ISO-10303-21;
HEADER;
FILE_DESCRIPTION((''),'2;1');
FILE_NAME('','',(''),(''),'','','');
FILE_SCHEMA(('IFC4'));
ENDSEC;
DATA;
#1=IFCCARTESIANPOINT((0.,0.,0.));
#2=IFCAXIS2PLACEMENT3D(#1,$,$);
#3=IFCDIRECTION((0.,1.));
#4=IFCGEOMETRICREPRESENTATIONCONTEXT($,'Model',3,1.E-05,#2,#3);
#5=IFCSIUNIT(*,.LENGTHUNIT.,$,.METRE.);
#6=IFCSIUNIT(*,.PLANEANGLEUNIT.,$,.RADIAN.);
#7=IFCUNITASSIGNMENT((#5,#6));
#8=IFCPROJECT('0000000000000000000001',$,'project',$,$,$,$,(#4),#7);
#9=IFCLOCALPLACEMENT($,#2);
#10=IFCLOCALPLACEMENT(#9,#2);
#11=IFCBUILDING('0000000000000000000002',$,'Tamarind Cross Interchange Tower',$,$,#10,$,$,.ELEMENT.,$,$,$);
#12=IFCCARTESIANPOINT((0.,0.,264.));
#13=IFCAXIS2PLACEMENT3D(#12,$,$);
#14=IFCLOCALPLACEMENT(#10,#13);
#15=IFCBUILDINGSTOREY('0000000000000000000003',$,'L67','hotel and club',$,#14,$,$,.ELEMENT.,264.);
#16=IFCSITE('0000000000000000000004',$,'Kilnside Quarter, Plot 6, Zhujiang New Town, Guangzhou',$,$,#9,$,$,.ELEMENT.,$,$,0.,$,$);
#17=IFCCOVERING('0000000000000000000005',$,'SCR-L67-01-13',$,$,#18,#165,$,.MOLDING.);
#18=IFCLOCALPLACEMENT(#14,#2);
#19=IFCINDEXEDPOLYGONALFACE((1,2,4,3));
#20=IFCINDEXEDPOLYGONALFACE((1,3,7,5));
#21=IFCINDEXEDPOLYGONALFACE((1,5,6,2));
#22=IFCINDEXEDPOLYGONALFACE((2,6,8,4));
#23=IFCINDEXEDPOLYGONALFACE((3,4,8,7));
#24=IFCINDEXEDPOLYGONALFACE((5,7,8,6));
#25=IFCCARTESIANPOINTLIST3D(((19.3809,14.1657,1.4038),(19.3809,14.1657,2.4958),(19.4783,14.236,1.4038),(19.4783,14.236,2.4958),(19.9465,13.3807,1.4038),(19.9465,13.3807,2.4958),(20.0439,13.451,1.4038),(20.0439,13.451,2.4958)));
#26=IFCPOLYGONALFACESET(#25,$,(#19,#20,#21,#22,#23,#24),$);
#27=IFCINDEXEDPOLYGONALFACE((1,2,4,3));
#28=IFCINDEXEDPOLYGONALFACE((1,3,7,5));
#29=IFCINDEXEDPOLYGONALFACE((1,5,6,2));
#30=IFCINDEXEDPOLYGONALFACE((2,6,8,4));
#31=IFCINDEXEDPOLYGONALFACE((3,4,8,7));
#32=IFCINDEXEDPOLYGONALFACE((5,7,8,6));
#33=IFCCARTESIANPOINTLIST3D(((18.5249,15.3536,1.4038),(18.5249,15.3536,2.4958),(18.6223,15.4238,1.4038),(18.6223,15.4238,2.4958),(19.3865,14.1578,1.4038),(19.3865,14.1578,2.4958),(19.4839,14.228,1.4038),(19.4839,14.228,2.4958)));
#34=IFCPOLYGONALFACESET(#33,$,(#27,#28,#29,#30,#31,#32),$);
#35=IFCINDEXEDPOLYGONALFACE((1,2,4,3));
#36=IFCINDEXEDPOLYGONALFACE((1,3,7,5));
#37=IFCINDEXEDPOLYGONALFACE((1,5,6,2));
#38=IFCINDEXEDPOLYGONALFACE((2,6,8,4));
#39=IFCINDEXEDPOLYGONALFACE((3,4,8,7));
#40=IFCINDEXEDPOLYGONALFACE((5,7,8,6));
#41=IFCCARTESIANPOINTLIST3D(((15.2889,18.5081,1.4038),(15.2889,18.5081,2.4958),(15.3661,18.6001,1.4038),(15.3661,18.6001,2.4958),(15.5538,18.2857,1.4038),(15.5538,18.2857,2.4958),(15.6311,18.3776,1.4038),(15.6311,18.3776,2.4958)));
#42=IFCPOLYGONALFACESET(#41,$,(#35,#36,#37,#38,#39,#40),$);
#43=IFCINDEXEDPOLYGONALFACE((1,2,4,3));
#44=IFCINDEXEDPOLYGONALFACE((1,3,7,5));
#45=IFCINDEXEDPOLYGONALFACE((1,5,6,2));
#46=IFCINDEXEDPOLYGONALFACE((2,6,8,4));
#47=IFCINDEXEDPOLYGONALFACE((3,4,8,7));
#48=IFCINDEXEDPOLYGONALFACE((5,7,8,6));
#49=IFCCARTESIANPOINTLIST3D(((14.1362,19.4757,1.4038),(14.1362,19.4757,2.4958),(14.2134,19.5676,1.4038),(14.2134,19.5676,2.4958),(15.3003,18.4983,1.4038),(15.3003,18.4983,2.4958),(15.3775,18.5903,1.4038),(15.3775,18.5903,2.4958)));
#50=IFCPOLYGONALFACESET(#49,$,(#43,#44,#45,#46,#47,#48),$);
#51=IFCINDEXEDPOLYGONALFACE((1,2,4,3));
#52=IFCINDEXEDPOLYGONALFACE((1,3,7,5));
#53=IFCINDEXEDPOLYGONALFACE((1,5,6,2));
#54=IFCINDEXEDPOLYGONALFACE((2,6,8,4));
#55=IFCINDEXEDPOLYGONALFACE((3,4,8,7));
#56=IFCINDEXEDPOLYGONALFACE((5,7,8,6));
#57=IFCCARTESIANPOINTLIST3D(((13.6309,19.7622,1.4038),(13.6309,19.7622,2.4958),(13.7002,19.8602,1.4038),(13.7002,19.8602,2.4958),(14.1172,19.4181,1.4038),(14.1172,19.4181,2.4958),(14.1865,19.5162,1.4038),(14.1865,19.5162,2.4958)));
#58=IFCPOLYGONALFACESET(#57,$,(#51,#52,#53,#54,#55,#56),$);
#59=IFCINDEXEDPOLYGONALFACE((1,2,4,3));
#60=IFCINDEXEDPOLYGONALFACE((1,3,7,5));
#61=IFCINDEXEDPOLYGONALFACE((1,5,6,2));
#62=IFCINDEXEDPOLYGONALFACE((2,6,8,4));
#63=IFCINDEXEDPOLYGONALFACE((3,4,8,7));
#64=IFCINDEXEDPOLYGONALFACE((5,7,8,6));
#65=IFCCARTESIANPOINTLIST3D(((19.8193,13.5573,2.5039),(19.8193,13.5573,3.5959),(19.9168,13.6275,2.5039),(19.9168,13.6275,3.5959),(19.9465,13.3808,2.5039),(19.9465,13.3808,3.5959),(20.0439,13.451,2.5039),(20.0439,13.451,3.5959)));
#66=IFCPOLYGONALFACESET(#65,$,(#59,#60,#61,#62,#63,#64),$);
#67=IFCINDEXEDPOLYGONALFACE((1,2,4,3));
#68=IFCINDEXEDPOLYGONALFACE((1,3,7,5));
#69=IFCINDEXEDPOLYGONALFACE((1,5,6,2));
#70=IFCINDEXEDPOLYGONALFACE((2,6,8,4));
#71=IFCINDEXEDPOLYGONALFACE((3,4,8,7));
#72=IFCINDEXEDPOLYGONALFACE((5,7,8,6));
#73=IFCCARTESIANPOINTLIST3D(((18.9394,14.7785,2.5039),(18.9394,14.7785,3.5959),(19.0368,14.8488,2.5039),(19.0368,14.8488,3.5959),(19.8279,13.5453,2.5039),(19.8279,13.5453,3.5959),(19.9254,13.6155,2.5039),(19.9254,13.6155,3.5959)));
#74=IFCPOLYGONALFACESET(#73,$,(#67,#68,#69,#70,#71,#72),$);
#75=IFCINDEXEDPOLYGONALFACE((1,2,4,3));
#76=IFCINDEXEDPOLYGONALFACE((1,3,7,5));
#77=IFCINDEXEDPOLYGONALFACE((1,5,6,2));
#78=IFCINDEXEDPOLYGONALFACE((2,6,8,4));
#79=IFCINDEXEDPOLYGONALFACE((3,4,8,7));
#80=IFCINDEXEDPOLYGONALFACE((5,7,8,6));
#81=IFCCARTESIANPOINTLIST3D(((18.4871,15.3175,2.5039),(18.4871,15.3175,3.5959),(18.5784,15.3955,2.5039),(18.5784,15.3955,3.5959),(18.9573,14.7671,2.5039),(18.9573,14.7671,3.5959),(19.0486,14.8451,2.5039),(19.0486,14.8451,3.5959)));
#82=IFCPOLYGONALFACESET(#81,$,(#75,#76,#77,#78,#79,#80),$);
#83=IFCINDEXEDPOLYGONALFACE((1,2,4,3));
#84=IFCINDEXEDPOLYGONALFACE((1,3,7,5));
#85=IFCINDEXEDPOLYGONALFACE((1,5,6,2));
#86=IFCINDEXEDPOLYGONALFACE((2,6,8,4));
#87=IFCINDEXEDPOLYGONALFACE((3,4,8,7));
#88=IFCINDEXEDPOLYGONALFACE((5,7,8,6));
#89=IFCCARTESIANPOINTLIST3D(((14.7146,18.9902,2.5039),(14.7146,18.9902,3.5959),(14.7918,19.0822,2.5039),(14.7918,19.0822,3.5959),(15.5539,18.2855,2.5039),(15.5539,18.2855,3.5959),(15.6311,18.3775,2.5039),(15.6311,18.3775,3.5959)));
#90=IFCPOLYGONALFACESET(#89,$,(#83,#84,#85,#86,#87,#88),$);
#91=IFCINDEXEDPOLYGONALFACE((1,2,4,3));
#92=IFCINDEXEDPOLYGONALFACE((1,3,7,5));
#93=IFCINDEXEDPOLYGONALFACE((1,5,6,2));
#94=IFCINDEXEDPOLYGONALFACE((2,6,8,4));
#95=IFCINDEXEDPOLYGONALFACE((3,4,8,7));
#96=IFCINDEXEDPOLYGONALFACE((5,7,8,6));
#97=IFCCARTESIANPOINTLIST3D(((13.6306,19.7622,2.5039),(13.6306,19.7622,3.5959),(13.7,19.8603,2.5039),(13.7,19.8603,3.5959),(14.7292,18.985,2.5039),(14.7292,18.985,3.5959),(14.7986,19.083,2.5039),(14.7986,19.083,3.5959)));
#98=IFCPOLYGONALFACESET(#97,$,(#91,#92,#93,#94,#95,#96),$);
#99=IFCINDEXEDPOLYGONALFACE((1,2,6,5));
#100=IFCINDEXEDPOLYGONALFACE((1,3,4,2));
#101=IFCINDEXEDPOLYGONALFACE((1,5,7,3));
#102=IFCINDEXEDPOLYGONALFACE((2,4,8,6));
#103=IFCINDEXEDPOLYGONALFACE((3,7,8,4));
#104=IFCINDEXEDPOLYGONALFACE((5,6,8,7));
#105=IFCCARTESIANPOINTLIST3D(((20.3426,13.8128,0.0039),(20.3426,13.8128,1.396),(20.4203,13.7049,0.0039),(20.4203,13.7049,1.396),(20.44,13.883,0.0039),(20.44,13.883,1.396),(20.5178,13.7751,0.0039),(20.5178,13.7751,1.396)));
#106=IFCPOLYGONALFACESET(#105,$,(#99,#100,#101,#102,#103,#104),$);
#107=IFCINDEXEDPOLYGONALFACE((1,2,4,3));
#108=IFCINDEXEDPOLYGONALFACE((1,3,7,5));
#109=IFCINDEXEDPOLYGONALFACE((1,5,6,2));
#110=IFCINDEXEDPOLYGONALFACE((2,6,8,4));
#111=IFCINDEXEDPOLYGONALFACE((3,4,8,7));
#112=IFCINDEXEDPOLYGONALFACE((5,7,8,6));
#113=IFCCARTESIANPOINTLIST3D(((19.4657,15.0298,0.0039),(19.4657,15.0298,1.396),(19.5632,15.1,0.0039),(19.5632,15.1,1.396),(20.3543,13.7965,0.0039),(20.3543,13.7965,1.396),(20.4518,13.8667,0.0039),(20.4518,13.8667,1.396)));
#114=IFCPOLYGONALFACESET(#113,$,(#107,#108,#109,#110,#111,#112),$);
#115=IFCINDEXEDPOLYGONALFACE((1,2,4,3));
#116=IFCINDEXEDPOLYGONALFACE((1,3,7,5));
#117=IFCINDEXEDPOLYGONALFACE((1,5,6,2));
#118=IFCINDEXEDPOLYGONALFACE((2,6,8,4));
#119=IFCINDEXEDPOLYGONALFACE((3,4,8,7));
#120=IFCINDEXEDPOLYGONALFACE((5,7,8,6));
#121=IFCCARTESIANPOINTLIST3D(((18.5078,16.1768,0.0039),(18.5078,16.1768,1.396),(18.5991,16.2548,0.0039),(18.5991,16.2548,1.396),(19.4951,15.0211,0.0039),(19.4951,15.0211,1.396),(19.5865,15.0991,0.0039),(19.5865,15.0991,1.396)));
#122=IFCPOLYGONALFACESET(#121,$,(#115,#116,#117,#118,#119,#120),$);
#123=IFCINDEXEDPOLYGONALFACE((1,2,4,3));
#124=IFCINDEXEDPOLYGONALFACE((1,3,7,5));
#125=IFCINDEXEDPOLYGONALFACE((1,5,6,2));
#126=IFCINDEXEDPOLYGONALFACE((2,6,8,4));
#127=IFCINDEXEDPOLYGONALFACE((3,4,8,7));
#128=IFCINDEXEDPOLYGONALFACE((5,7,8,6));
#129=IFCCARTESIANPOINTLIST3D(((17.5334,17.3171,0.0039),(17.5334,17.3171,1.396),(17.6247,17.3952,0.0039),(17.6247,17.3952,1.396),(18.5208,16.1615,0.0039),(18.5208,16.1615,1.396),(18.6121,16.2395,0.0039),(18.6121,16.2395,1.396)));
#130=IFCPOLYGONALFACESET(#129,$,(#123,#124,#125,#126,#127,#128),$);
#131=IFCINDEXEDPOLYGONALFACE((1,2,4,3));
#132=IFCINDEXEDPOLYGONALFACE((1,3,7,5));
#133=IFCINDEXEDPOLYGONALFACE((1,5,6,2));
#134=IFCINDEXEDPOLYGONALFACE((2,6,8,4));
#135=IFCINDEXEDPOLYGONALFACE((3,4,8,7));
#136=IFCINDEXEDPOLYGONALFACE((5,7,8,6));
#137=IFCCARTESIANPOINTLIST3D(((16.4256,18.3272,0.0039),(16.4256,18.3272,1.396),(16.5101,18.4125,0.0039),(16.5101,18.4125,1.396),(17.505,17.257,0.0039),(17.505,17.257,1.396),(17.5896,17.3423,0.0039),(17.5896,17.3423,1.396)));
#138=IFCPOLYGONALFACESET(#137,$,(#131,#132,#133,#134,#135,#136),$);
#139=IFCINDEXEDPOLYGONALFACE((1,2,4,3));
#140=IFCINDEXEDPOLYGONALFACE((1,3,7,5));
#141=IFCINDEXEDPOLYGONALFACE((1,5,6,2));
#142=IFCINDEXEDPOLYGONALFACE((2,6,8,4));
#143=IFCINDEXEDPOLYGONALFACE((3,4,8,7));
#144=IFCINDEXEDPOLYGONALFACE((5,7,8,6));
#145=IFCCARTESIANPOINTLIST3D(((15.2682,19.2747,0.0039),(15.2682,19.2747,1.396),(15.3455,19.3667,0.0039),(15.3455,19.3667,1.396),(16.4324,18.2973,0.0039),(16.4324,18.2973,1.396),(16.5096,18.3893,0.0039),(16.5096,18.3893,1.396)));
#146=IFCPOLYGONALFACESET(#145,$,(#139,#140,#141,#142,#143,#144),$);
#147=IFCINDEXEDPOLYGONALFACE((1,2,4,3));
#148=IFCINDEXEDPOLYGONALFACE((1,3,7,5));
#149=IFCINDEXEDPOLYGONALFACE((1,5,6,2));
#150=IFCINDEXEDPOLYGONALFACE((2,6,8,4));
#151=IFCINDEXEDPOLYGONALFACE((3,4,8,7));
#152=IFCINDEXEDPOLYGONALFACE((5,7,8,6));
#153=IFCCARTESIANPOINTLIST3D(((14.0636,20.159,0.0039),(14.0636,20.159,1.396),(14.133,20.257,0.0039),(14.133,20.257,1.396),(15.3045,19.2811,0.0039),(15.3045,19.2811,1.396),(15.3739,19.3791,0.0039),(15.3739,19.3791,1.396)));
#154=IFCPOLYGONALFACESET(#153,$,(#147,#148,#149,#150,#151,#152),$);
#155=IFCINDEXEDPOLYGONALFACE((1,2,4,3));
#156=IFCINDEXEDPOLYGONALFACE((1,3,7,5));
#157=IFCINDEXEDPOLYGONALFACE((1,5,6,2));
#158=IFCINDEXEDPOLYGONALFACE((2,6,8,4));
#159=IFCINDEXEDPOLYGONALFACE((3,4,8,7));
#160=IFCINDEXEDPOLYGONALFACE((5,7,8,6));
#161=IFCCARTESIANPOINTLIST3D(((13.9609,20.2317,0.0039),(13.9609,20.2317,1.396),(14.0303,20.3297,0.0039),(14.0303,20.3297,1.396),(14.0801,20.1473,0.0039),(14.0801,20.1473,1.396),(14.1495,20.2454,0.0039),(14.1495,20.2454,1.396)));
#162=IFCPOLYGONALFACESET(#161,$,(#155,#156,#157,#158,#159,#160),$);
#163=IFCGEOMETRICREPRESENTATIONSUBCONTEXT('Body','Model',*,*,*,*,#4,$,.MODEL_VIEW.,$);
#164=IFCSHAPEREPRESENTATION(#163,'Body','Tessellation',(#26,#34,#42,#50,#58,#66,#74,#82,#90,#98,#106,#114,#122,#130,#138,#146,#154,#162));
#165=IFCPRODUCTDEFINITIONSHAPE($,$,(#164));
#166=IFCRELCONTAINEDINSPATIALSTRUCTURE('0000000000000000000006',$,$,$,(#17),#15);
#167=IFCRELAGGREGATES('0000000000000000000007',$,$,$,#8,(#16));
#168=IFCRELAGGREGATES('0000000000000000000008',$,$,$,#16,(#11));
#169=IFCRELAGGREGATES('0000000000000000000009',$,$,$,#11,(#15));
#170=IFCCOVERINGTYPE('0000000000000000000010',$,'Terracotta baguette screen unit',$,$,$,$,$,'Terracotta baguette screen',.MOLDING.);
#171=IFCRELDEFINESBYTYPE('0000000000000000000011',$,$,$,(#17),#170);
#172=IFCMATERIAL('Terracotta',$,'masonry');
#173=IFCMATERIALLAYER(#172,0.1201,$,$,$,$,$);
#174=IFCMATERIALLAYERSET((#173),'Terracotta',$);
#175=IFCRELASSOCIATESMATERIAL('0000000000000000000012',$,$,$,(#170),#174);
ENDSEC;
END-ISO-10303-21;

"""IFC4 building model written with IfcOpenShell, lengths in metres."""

from ifc_helpers import new_model, si_unit, direction, frame, origin, origin_2d, place, context, subcontext, project, spatial, rectangle, extrude, material, layer, layer_set, type_object, element, save


model = new_model("IFC4")

# Units and contexts
model_context = context("Model", 3, precision=1e-05, world=origin(), true_north=direction((0.0, 1.0)))
body_context = subcontext(model_context, "Body", "Model", "MODEL_VIEW")
ifc_project = project(units=[si_unit("LENGTHUNIT", "METRE"), si_unit("PLANEANGLEUNIT", "RADIAN")], contexts=[model_context])

# Site, building, storey
site_placement = place(None, origin())
site = spatial("IfcSite", under=ifc_project, at=site_placement, Name="Kilnside Quarter, Plot 6, Zhujiang New Town, Guangzhou", CompositionType="ELEMENT", RefElevation=0.0)
building_placement = place(site_placement, origin())
building = spatial("IfcBuilding", under=site, at=building_placement, Name="Tamarind Cross Interchange Tower", CompositionType="ELEMENT")
storey_placement = place(building_placement, frame((0.0, 0.0, 264.0)))
storey = spatial("IfcBuildingStorey", under=building, at=storey_placement, Name="L67", Description="hotel and club", CompositionType="ELEMENT", Elevation=264.0)

# Covering
ifc_material_1 = material(Name="Terracotta", Category="masonry")
ifc_layer_1 = layer(ifc_material_1, 0.1201)
ifc_layer_set_1 = layer_set([ifc_layer_1], Name="Terracotta")
covering_type = type_object("IfcCoveringType", Name="Terracotta baguette screen unit", ElementType="Terracotta baguette screen", PredefinedType="MOLDING", material=ifc_layer_set_1)
covering_1_placement = place(storey_placement, origin())
element("IfcCovering", 1, at=covering_1_placement, inside=storey, type_object=covering_type, Name="SCR-L67-01-13", PredefinedType="MOLDING", context=body_context, shape_type="SweptSolid", body=[
    extrude(rectangle(XDim=0.9675, YDim=0.1201, at=origin_2d()), frame((19.7124, 13.8083, 1.4038), z_axis=(0.0, 0.0, 1.0), x_axis=(-0.584574, 0.81134, 0.0)), (0.0, 0.0, 1.0), 1.092),
    extrude(rectangle(XDim=1.4739, YDim=0.1201, at=origin_2d()), frame((19.0044, 14.7908, 1.4038), z_axis=(0.0, 0.0, 1.0), x_axis=(-0.584574, 0.81134, 0.0)), (0.0, 0.0, 1.0), 1.092),
    extrude(rectangle(XDim=0.3459, YDim=0.1201, at=origin_2d()), frame((15.46, 18.4429, 1.4038), z_axis=(0.0, 0.0, 1.0), x_axis=(-0.765858, 0.643009, 0.0)), (0.0, 0.0, 1.0), 1.092),
    extrude(rectangle(XDim=1.52, YDim=0.1201, at=origin_2d()), frame((14.7568, 19.033, 1.4038), z_axis=(0.0, 0.0, 1.0), x_axis=(-0.765858, 0.643009, 0.0)), (0.0, 0.0, 1.0), 1.092),
    extrude(rectangle(XDim=0.5957, YDim=0.1201, at=origin_2d()), frame((13.9087, 19.6392, 1.4038), z_axis=(0.0, 0.0, 1.0), x_axis=(-0.816342, 0.577569, 0.0)), (0.0, 0.0, 1.0), 1.092),
    extrude(rectangle(XDim=0.2175, YDim=0.1201, at=origin_2d()), frame((19.9316, 13.5042, 2.5039), z_axis=(0.0, 0.0, 1.0), x_axis=(-0.584574, 0.81134, 0.0)), (0.0, 0.0, 1.0), 1.092),
    extrude(rectangle(XDim=1.52, YDim=0.1201, at=origin_2d()), frame((19.4324, 14.197, 2.5039), z_axis=(0.0, 0.0, 1.0), x_axis=(-0.584574, 0.81134, 0.0)), (0.0, 0.0, 1.0), 1.092),
    extrude(rectangle(XDim=0.7239, YDim=0.1201, at=origin_2d()), frame((18.7678, 15.0813, 2.5039), z_axis=(0.0, 0.0, 1.0), x_axis=(-0.649577, 0.760296, 0.0)), (0.0, 0.0, 1.0), 1.092),
    extrude(rectangle(XDim=1.0959, YDim=0.1201, at=origin_2d()), frame((15.1729, 18.6838, 2.5039), z_axis=(0.0, 0.0, 1.0), x_axis=(-0.765858, 0.643009, 0.0)), (0.0, 0.0, 1.0), 1.092),
    extrude(rectangle(XDim=1.3457, YDim=0.1201, at=origin_2d()), frame((14.2146, 19.4226, 2.5039), z_axis=(0.0, 0.0, 1.0), x_axis=(-0.816342, 0.577569, 0.0)), (0.0, 0.0, 1.0), 1.092),
    extrude(rectangle(XDim=0.1331, YDim=0.1201, at=origin_2d()), frame((20.4302, 13.7939, 0.0039), z_axis=(0.0, 0.0, 1.0), x_axis=(-0.584574, 0.81134, 0.0)), (0.0, 0.0, 1.0), 1.3921),
    extrude(rectangle(XDim=1.52, YDim=0.1201, at=origin_2d()), frame((19.9587, 14.4482, 0.0039), z_axis=(0.0, 0.0, 1.0), x_axis=(-0.584574, 0.81134, 0.0)), (0.0, 0.0, 1.0), 1.3921),
    extrude(rectangle(XDim=1.52, YDim=0.1201, at=origin_2d()), frame((19.0471, 15.6379, 0.0039), z_axis=(0.0, 0.0, 1.0), x_axis=(-0.649577, 0.760296, 0.0)), (0.0, 0.0, 1.0), 1.3921),
    extrude(rectangle(XDim=1.52, YDim=0.1201, at=origin_2d()), frame((18.0728, 16.7783, 0.0039), z_axis=(0.0, 0.0, 1.0), x_axis=(-0.649577, 0.760296, 0.0)), (0.0, 0.0, 1.0), 1.3921),
    extrude(rectangle(XDim=1.52, YDim=0.1201, at=origin_2d()), frame((17.0076, 17.8347, 0.0039), z_axis=(0.0, 0.0, 1.0), x_axis=(-0.710143, 0.704057, 0.0)), (0.0, 0.0, 1.0), 1.3921),
    extrude(rectangle(XDim=1.52, YDim=0.1201, at=origin_2d()), frame((15.8889, 18.832, 0.0039), z_axis=(0.0, 0.0, 1.0), x_axis=(-0.765858, 0.643009, 0.0)), (0.0, 0.0, 1.0), 1.3921),
    extrude(rectangle(XDim=1.52, YDim=0.1201, at=origin_2d()), frame((14.7188, 19.769, 0.0039), z_axis=(0.0, 0.0, 1.0), x_axis=(-0.816342, 0.577569, 0.0)), (0.0, 0.0, 1.0), 1.3921),
    extrude(rectangle(XDim=0.146, YDim=0.1201, at=origin_2d()), frame((14.0552, 20.2385, 0.0039), z_axis=(0.0, 0.0, 1.0), x_axis=(-0.816342, 0.577569, 0.0)), (0.0, 0.0, 1.0), 1.3921),
])

save(model, "model.ifc")
